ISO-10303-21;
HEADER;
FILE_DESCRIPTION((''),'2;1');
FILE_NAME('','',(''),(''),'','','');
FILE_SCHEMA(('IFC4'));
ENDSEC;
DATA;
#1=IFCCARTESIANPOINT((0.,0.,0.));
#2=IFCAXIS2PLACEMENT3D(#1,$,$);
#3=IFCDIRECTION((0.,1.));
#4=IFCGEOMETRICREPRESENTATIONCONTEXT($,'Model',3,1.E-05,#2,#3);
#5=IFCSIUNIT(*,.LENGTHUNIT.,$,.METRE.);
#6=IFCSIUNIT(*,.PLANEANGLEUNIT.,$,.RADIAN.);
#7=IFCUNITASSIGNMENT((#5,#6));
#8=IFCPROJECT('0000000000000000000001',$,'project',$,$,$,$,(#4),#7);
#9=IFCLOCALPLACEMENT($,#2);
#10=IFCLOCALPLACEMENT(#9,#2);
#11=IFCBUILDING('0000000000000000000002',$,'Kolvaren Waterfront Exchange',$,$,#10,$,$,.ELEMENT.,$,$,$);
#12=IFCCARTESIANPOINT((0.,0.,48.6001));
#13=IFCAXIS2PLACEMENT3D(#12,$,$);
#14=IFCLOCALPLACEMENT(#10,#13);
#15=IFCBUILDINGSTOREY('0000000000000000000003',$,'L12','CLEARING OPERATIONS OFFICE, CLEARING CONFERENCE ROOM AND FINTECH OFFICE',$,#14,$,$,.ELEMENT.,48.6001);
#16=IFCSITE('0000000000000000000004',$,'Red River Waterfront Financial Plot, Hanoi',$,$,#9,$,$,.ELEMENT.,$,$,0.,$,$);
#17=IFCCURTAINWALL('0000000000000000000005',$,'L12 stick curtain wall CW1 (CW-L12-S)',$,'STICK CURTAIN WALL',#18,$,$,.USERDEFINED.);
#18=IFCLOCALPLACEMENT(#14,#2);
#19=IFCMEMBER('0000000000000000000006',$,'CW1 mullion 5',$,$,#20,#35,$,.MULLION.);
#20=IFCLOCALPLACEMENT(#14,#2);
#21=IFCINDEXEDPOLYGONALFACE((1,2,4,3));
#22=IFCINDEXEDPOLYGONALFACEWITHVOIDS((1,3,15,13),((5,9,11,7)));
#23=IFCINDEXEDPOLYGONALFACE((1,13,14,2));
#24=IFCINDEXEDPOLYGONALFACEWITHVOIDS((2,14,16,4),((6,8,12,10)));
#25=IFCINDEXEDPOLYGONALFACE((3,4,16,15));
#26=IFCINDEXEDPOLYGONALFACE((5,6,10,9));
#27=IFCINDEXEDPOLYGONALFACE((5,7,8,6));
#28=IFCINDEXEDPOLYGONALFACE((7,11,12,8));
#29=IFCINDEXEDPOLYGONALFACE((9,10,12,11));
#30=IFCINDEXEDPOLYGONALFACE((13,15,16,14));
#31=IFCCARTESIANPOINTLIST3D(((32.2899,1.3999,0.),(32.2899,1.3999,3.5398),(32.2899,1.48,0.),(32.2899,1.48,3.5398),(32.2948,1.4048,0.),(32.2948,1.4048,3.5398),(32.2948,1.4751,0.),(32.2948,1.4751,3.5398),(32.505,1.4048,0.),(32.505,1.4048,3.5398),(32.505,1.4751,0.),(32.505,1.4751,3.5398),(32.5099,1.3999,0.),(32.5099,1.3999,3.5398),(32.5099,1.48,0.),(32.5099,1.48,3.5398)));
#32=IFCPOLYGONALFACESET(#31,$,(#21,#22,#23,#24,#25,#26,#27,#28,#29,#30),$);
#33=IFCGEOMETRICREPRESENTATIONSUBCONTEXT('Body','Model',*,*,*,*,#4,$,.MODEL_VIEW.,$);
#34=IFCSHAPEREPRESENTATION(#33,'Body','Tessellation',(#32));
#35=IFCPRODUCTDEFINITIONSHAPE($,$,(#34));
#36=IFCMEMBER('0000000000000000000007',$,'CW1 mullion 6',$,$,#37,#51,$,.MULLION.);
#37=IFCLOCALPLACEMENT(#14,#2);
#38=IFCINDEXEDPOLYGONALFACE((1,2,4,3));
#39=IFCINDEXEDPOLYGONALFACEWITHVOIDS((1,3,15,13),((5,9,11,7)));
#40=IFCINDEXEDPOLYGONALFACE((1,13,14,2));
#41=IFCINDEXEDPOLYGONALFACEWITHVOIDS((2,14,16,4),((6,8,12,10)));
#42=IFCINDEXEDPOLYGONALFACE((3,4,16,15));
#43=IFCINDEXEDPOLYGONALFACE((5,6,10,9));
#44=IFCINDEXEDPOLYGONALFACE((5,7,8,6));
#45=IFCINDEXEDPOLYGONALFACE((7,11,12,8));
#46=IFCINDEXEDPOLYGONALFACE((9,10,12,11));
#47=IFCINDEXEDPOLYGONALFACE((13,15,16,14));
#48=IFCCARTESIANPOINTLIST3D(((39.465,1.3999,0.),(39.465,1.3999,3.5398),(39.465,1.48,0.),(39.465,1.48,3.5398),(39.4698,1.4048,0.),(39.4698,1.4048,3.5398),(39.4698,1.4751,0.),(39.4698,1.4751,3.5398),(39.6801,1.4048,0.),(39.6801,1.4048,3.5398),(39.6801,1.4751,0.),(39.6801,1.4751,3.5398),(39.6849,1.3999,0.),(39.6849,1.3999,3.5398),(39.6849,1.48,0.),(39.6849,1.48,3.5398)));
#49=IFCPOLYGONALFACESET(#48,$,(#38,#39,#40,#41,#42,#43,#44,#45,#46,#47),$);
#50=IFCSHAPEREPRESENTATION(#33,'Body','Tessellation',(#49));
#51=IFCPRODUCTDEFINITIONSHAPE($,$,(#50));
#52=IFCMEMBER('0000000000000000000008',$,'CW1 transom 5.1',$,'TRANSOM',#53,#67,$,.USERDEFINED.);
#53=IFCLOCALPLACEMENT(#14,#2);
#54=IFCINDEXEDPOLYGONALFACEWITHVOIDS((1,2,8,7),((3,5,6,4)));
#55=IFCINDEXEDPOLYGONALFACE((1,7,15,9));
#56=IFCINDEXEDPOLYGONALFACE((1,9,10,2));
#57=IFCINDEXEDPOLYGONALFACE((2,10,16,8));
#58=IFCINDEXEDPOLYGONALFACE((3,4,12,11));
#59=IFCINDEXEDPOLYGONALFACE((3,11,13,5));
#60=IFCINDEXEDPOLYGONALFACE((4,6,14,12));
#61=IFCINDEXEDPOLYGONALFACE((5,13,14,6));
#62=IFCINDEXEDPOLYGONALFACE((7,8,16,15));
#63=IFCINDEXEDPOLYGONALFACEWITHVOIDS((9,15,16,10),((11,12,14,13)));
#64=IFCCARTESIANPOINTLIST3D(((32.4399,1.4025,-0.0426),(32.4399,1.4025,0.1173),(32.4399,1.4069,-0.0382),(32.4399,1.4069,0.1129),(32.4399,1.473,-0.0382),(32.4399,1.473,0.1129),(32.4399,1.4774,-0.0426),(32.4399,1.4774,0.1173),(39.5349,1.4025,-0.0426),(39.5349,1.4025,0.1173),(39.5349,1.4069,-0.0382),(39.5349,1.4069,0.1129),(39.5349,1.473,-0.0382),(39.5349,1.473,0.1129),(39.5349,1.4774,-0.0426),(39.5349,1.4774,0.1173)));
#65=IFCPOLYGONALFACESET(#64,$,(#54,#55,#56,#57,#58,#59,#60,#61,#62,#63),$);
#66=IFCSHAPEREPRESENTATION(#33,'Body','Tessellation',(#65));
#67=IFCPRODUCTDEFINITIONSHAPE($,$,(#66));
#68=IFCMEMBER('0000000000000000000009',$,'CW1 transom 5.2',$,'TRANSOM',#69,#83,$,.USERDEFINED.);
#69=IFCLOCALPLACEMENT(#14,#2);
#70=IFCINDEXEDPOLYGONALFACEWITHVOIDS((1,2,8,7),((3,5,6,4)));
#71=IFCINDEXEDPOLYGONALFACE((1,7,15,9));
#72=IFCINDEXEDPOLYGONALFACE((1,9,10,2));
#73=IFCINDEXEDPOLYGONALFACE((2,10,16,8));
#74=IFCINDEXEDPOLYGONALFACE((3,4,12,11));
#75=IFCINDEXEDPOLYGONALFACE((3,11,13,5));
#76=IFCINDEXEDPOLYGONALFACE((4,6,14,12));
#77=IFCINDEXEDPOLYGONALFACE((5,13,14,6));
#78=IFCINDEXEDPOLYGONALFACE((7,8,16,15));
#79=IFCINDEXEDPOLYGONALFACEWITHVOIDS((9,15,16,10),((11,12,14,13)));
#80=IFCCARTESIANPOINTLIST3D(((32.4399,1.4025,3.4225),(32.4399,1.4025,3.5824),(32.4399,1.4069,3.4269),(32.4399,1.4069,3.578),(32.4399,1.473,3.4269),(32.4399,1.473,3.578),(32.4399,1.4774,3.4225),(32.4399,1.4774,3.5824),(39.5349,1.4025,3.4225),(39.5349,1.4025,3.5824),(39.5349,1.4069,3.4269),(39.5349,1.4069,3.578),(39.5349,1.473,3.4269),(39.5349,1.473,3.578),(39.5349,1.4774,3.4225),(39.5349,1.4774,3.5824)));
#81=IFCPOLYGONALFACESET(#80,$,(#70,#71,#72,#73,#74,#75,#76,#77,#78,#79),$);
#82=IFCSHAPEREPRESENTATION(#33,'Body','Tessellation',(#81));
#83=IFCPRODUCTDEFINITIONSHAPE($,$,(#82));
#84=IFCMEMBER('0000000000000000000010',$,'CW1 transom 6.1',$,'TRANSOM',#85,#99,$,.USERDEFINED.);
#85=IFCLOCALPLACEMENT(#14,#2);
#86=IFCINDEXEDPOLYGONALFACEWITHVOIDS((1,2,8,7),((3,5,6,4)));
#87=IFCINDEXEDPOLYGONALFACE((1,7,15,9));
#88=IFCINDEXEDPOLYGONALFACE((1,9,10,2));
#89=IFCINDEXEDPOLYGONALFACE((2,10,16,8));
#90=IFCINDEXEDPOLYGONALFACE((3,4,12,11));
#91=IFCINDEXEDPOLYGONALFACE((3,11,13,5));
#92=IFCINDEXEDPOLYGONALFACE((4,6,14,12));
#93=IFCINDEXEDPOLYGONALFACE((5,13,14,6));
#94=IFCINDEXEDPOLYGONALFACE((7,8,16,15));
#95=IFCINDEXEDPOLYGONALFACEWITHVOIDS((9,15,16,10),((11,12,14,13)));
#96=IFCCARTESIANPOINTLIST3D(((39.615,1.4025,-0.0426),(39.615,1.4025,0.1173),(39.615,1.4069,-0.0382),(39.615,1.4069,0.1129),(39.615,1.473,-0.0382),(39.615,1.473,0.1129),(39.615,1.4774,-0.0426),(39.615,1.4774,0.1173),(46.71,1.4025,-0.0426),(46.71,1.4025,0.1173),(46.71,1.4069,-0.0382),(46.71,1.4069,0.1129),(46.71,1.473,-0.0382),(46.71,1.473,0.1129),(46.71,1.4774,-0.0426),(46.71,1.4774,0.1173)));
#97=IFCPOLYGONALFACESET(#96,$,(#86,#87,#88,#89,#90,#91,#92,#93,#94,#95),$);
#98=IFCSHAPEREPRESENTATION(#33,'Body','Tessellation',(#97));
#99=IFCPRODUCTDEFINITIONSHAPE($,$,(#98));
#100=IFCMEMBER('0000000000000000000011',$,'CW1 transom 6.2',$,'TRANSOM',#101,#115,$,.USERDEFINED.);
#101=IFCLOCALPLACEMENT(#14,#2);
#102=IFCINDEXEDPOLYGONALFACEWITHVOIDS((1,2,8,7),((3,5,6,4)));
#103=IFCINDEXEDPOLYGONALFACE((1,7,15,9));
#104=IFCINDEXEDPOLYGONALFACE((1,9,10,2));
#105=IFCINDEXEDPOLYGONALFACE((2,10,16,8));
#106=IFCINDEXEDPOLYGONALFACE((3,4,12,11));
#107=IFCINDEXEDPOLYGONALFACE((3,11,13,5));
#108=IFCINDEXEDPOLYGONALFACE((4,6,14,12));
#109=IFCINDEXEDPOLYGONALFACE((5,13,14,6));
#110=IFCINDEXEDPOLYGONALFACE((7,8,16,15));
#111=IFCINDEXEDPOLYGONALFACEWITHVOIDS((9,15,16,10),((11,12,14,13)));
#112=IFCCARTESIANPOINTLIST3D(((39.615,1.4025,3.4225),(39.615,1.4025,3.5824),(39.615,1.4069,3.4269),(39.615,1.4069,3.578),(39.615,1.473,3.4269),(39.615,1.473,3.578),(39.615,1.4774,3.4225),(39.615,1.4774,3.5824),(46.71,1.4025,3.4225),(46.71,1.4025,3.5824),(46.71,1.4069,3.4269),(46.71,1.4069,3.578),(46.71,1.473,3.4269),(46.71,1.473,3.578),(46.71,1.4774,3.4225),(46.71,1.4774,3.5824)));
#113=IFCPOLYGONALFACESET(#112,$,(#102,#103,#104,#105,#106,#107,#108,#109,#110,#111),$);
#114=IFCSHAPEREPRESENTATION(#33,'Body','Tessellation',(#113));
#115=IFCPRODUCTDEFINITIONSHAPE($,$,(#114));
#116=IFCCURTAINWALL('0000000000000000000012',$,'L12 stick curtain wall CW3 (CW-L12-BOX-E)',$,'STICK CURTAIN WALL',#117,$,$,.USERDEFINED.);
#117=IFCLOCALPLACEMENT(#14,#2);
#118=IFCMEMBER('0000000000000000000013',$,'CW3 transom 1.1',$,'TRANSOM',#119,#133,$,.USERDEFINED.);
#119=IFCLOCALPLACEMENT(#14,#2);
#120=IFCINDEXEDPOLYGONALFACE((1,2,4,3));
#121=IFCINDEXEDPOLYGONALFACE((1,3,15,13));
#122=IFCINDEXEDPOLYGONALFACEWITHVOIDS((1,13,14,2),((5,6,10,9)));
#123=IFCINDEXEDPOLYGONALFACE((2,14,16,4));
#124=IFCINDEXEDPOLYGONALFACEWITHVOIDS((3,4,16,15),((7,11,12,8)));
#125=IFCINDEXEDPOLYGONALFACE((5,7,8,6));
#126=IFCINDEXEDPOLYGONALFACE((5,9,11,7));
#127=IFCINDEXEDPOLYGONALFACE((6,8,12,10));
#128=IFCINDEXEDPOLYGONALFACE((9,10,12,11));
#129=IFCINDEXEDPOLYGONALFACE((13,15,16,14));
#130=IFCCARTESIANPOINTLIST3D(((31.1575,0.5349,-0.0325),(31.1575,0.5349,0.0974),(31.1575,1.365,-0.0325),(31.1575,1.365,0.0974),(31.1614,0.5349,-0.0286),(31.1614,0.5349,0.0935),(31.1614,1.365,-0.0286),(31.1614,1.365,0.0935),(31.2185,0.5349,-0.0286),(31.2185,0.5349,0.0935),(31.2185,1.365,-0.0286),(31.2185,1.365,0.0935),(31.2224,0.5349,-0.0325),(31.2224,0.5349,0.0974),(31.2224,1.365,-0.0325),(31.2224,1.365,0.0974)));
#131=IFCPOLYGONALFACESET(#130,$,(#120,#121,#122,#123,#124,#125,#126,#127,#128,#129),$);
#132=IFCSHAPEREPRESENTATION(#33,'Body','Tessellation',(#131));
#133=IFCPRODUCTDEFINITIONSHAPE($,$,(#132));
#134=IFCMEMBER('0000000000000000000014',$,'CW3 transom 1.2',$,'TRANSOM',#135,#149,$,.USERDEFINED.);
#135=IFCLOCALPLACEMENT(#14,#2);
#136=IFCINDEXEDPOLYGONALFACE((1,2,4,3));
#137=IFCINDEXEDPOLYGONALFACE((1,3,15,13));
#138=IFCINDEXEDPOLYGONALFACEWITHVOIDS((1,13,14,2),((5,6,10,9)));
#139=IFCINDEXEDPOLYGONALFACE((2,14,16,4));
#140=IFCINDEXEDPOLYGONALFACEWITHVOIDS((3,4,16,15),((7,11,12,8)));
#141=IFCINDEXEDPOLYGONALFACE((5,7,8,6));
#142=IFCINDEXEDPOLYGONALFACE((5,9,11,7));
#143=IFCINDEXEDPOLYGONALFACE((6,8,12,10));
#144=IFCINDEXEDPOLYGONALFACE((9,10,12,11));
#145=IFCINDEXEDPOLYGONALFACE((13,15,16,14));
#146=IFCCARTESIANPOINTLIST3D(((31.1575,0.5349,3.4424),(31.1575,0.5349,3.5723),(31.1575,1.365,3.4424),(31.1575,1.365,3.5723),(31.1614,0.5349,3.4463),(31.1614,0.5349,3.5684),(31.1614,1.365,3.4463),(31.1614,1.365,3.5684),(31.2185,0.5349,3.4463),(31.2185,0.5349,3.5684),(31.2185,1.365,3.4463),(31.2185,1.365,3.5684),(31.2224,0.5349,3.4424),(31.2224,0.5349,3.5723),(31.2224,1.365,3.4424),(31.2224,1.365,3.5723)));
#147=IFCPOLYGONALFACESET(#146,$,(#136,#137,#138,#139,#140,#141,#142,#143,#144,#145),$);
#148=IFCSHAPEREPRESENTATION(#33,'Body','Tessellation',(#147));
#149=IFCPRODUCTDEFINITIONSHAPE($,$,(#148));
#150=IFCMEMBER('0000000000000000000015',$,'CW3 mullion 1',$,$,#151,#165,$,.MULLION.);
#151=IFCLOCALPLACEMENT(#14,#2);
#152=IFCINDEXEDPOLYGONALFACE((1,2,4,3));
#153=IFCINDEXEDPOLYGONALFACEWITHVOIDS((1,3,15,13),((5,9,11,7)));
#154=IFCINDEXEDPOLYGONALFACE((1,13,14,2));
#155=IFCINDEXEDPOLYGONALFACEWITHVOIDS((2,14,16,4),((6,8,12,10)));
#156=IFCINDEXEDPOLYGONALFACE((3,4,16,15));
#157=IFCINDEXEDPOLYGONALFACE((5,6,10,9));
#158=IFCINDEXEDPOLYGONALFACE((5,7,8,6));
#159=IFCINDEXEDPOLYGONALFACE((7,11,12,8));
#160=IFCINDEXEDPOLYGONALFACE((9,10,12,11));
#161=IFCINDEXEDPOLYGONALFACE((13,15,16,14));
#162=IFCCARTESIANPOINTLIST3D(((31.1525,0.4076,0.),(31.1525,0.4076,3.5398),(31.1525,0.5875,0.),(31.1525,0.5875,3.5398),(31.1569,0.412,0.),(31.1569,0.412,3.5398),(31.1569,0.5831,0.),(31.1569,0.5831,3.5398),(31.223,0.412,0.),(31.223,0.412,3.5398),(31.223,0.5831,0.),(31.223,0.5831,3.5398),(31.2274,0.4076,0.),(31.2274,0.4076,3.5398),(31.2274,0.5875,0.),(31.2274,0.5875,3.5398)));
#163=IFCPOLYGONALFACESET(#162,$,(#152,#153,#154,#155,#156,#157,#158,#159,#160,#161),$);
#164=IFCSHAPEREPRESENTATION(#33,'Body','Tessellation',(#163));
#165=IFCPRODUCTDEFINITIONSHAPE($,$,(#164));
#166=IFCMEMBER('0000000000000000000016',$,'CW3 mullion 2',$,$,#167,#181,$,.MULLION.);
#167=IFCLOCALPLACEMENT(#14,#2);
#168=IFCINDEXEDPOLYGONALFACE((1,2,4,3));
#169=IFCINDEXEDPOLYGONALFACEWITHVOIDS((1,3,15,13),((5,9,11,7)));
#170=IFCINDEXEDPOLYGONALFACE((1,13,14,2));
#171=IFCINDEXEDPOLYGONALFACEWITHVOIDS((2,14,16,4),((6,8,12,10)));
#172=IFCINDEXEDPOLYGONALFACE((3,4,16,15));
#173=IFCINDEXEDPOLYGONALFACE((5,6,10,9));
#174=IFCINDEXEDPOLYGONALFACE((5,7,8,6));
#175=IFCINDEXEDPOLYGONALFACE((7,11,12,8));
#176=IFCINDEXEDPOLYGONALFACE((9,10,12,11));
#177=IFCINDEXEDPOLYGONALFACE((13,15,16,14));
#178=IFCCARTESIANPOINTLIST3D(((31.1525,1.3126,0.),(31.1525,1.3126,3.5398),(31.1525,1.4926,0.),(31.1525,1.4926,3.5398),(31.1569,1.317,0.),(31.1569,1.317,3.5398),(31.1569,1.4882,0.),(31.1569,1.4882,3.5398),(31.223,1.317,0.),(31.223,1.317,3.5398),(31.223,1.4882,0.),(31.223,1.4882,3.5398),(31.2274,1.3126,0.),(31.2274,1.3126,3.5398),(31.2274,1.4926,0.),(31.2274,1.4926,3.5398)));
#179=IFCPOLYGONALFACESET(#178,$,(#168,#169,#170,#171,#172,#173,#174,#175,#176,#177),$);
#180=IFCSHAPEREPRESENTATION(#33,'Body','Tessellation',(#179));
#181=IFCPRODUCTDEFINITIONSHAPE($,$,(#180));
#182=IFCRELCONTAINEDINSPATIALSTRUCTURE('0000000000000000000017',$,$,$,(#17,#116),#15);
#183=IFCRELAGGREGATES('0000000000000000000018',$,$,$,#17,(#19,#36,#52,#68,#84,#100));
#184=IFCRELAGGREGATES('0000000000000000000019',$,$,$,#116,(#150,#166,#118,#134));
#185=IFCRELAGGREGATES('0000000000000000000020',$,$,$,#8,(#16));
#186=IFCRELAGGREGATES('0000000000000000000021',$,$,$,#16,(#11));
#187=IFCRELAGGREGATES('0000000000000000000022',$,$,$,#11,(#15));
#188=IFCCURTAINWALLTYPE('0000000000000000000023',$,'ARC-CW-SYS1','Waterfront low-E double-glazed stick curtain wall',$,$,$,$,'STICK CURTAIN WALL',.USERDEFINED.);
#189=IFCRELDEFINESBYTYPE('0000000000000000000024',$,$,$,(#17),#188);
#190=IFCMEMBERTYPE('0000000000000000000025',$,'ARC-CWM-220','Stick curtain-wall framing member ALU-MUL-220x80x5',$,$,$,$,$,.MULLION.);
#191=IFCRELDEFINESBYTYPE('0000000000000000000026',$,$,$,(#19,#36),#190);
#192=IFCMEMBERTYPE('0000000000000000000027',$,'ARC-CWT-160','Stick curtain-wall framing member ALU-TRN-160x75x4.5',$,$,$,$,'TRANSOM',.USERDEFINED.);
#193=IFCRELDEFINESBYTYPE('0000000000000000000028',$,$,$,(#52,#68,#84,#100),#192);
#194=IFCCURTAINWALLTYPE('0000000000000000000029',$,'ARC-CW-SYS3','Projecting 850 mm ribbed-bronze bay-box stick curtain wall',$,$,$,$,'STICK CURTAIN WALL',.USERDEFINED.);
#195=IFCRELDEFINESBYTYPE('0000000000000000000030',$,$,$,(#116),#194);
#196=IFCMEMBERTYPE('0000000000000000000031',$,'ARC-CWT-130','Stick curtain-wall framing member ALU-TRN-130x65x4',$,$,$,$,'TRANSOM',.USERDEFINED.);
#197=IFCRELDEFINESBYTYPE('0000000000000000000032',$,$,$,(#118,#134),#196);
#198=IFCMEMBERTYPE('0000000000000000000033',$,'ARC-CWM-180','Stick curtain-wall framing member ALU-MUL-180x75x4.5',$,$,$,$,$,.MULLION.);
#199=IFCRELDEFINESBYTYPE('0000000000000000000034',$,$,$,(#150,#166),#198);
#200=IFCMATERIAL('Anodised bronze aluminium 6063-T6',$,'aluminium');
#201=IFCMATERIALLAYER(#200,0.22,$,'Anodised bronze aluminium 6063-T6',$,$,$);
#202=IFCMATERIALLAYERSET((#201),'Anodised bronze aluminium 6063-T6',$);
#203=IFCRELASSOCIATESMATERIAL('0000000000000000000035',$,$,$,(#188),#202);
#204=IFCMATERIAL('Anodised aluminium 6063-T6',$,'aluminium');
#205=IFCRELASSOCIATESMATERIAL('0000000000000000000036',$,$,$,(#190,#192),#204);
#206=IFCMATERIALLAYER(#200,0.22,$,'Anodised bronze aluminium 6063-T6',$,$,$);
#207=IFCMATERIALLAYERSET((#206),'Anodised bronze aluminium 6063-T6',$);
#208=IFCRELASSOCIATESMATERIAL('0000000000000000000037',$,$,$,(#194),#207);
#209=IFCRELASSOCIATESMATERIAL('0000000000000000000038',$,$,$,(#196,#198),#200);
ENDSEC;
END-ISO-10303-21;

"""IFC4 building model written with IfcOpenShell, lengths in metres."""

from ifc_helpers import new_model, si_unit, direction, frame, origin, origin_with_axes, origin_2d, place, context, subcontext, project, spatial, hollow_rectangle, extrude, source, transform, mapped, material, layer, layer_set, material_profile, profile_set, type_object, element, aggregate, save


model = new_model("IFC4")

# Units and contexts
model_context = context("Model", 3, precision=1e-05, world=origin(), true_north=direction((0.0, 1.0)))
body_context = subcontext(model_context, "Body", "Model", "MODEL_VIEW")
ifc_project = project(units=[si_unit("LENGTHUNIT", "METRE"), si_unit("PLANEANGLEUNIT", "RADIAN")], contexts=[model_context])

# Site, building, storey
site_placement = place(None, origin())
site = spatial("IfcSite", under=ifc_project, at=site_placement, Name="Red River Waterfront Financial Plot, Hanoi", CompositionType="ELEMENT", RefElevation=0.0)
building_placement = place(site_placement, origin())
building = spatial("IfcBuilding", under=site, at=building_placement, Name="Kolvaren Waterfront Exchange", CompositionType="ELEMENT")
storey_placement = place(building_placement, frame((0.0, 0.0, 48.6001)))
storey = spatial("IfcBuildingStorey", under=building, at=storey_placement, Name="L12", Description="CLEARING OPERATIONS OFFICE, CLEARING CONFERENCE ROOM AND FINTECH OFFICE", CompositionType="ELEMENT", Elevation=48.6001)

# Curtain walls, members
ifc_material_1 = material(Name="Anodised bronze aluminium 6063-T6", Category="aluminium")
ifc_layer_1 = layer(ifc_material_1, 0.22, Name="Anodised bronze aluminium 6063-T6")
ifc_layer_set_1 = layer_set([ifc_layer_1], Name="Anodised bronze aluminium 6063-T6")
curtain_wall_type_1 = type_object("IfcCurtainWallType", Name="ARC-CW-SYS1", Description="Waterfront low-E double-glazed stick curtain wall", ElementType="STICK CURTAIN WALL", PredefinedType="USERDEFINED", material=ifc_layer_set_1)
curtain_wall_1_placement = place(storey_placement, origin())
curtain_wall_1 = element("IfcCurtainWall", 1, at=curtain_wall_1_placement, inside=storey, type_object=curtain_wall_type_1, Name="L12 stick curtain wall CW1 (CW-L12-S)", ObjectType="STICK CURTAIN WALL", PredefinedType="USERDEFINED")
ifc_material_2 = material(Name="Anodised aluminium 6063-T6", Category="aluminium")
ifc_material_profile_1 = material_profile(ifc_material_2, hollow_rectangle(XDim=0.0801, YDim=0.22, WallThickness=0.0049, at=origin_2d()), Name="ALU-MUL-220x80x5")
ifc_profile_set_1 = profile_set([ifc_material_profile_1], Name="Anodised aluminium 6063-T6")
member_type_1 = type_object("IfcMemberType", Name="ARC-CWM-220", Description="Stick curtain-wall framing member ALU-MUL-220x80x5", PredefinedType="MULLION", material=ifc_profile_set_1)
shared_shape_1 = source(origin_with_axes(), body_context, "Body", "SweptSolid", [
    extrude(hollow_rectangle(XDim=0.0801, YDim=0.22, WallThickness=0.0049, at=origin_2d()), origin(), (0.0, 0.0, 1.0), 3.5398),
])
member_1_placement = place(storey_placement, frame((32.3999, 1.4399, 0.0), z_axis=(0.0, 0.0, 1.0), x_axis=(0.0, 1.0, 0.0)))
member_1 = element("IfcMember", 2, at=member_1_placement, type_object=member_type_1, Name="CW1 mullion 5", PredefinedType="MULLION", context=body_context, shape_type="MappedRepresentation", body=[
    mapped(shared_shape_1, transform((0.0, 0.0, 0.0), x_axis=(1.0, 0.0, 0.0), y_axis=(0.0, 1.0, 0.0), z_axis=(0.0, 0.0, 1.0), scale=1.0)),
])
member_2_placement = place(storey_placement, frame((39.575, 1.4399, 0.0), z_axis=(0.0, 0.0, 1.0), x_axis=(0.0, 1.0, 0.0)))
member_2 = element("IfcMember", 3, at=member_2_placement, type_object=member_type_1, Name="CW1 mullion 6", PredefinedType="MULLION", context=body_context, shape_type="MappedRepresentation", body=[
    mapped(shared_shape_1, transform((0.0, 0.0, 0.0), x_axis=(1.0, 0.0, 0.0), y_axis=(0.0, 1.0, 0.0), z_axis=(0.0, 0.0, 1.0), scale=1.0)),
])
ifc_material_profile_2 = material_profile(ifc_material_2, hollow_rectangle(XDim=0.075, YDim=0.1599, WallThickness=0.0044, at=origin_2d()), Name="ALU-TRN-160x75x4.5")
ifc_profile_set_2 = profile_set([ifc_material_profile_2], Name="Anodised aluminium 6063-T6")
member_type_2 = type_object("IfcMemberType", Name="ARC-CWT-160", Description="Stick curtain-wall framing member ALU-TRN-160x75x4.5", ElementType="TRANSOM", PredefinedType="USERDEFINED", material=ifc_profile_set_2)
shared_shape_2 = source(origin_with_axes(), body_context, "Body", "SweptSolid", [
    extrude(hollow_rectangle(XDim=0.075, YDim=0.1599, WallThickness=0.0044, at=origin_2d()), origin(), (0.0, 0.0, 1.0), 7.095),
])
member_3_placement = place(storey_placement, frame((32.4399, 1.4399, 0.0374), z_axis=(1.0, 0.0, 0.0), x_axis=(0.0, 1.0, 0.0)))
member_3 = element("IfcMember", 4, at=member_3_placement, type_object=member_type_2, Name="CW1 transom 5.1", ObjectType="TRANSOM", PredefinedType="USERDEFINED", context=body_context, shape_type="MappedRepresentation", body=[
    mapped(shared_shape_2, transform((0.0, 0.0, 0.0), x_axis=(1.0, 0.0, 0.0), y_axis=(0.0, 1.0, 0.0), z_axis=(0.0, 0.0, 1.0), scale=1.0)),
])
member_4_placement = place(storey_placement, frame((32.4399, 1.4399, 3.5024), z_axis=(1.0, 0.0, 0.0), x_axis=(0.0, 1.0, 0.0)))
member_4 = element("IfcMember", 5, at=member_4_placement, type_object=member_type_2, Name="CW1 transom 5.2", ObjectType="TRANSOM", PredefinedType="USERDEFINED", context=body_context, shape_type="MappedRepresentation", body=[
    mapped(shared_shape_2, transform((0.0, 0.0, 0.0), x_axis=(1.0, 0.0, 0.0), y_axis=(0.0, 1.0, 0.0), z_axis=(0.0, 0.0, 1.0), scale=1.0)),
])
member_5_placement = place(storey_placement, frame((39.615, 1.4399, 0.0374), z_axis=(1.0, 0.0, 0.0), x_axis=(0.0, 1.0, 0.0)))
member_5 = element("IfcMember", 6, at=member_5_placement, type_object=member_type_2, Name="CW1 transom 6.1", ObjectType="TRANSOM", PredefinedType="USERDEFINED", context=body_context, shape_type="MappedRepresentation", body=[
    mapped(shared_shape_2, transform((0.0, 0.0, 0.0), x_axis=(1.0, 0.0, 0.0), y_axis=(0.0, 1.0, 0.0), z_axis=(0.0, 0.0, 1.0), scale=1.0)),
])
member_6_placement = place(storey_placement, frame((39.615, 1.4399, 3.5024), z_axis=(1.0, 0.0, 0.0), x_axis=(0.0, 1.0, 0.0)))
member_6 = element("IfcMember", 7, at=member_6_placement, type_object=member_type_2, Name="CW1 transom 6.2", ObjectType="TRANSOM", PredefinedType="USERDEFINED", context=body_context, shape_type="MappedRepresentation", body=[
    mapped(shared_shape_2, transform((0.0, 0.0, 0.0), x_axis=(1.0, 0.0, 0.0), y_axis=(0.0, 1.0, 0.0), z_axis=(0.0, 0.0, 1.0), scale=1.0)),
])
ifc_layer_2 = layer(ifc_material_1, 0.22, Name="Anodised bronze aluminium 6063-T6")
ifc_layer_set_2 = layer_set([ifc_layer_2], Name="Anodised bronze aluminium 6063-T6")
curtain_wall_type_2 = type_object("IfcCurtainWallType", Name="ARC-CW-SYS3", Description="Projecting 850 mm ribbed-bronze bay-box stick curtain wall", ElementType="STICK CURTAIN WALL", PredefinedType="USERDEFINED", material=ifc_layer_set_2)
curtain_wall_2_placement = place(storey_placement, origin())
curtain_wall_2 = element("IfcCurtainWall", 8, at=curtain_wall_2_placement, inside=storey, type_object=curtain_wall_type_2, Name="L12 stick curtain wall CW3 (CW-L12-BOX-E)", ObjectType="STICK CURTAIN WALL", PredefinedType="USERDEFINED")
ifc_material_profile_3 = material_profile(ifc_material_1, hollow_rectangle(XDim=0.0649, YDim=0.1299, WallThickness=0.0039, at=origin_2d()), Name="ALU-TRN-130x65x4")
ifc_profile_set_3 = profile_set([ifc_material_profile_3], Name="Anodised bronze aluminium 6063-T6")
member_type_3 = type_object("IfcMemberType", Name="ARC-CWT-130", Description="Stick curtain-wall framing member ALU-TRN-130x65x4", ElementType="TRANSOM", PredefinedType="USERDEFINED", material=ifc_profile_set_3)
shared_shape_3 = source(origin_with_axes(), body_context, "Body", "SweptSolid", [
    extrude(hollow_rectangle(XDim=0.0649, YDim=0.1299, WallThickness=0.0039, at=origin_2d()), origin(), (0.0, 0.0, 1.0), 0.8301),
])
member_7_placement = place(storey_placement, frame((31.1899, 0.5349, 0.0325), z_axis=(0.0, 1.0, 0.0), x_axis=(-1.0, 0.0, 0.0)))
member_7 = element("IfcMember", 9, at=member_7_placement, type_object=member_type_3, Name="CW3 transom 1.1", ObjectType="TRANSOM", PredefinedType="USERDEFINED", context=body_context, shape_type="MappedRepresentation", body=[
    mapped(shared_shape_3, transform((0.0, 0.0, 0.0), x_axis=(1.0, 0.0, 0.0), y_axis=(0.0, 1.0, 0.0), z_axis=(0.0, 0.0, 1.0), scale=1.0)),
])
member_8_placement = place(storey_placement, frame((31.1899, 0.5349, 3.5073), z_axis=(0.0, 1.0, 0.0), x_axis=(-1.0, 0.0, 0.0)))
member_8 = element("IfcMember", 10, at=member_8_placement, type_object=member_type_3, Name="CW3 transom 1.2", ObjectType="TRANSOM", PredefinedType="USERDEFINED", context=body_context, shape_type="MappedRepresentation", body=[
    mapped(shared_shape_3, transform((0.0, 0.0, 0.0), x_axis=(1.0, 0.0, 0.0), y_axis=(0.0, 1.0, 0.0), z_axis=(0.0, 0.0, 1.0), scale=1.0)),
])
ifc_material_profile_4 = material_profile(ifc_material_1, hollow_rectangle(XDim=0.075, YDim=0.1799, WallThickness=0.0044, at=origin_2d()), Name="ALU-MUL-180x75x4.5")
ifc_profile_set_4 = profile_set([ifc_material_profile_4], Name="Anodised bronze aluminium 6063-T6")
member_type_4 = type_object("IfcMemberType", Name="ARC-CWM-180", Description="Stick curtain-wall framing member ALU-MUL-180x75x4.5", PredefinedType="MULLION", material=ifc_profile_set_4)
shared_shape_4 = source(origin_with_axes(), body_context, "Body", "SweptSolid", [
    extrude(hollow_rectangle(XDim=0.075, YDim=0.1799, WallThickness=0.0044, at=origin_2d()), origin(), (0.0, 0.0, 1.0), 3.5398),
])
member_9_placement = place(storey_placement, frame((31.1899, 0.4976, 0.0), z_axis=(0.0, 0.0, 1.0), x_axis=(-1.0, 0.0, 0.0)))
member_9 = element("IfcMember", 11, at=member_9_placement, type_object=member_type_4, Name="CW3 mullion 1", PredefinedType="MULLION", context=body_context, shape_type="MappedRepresentation", body=[
    mapped(shared_shape_4, transform((0.0, 0.0, 0.0), x_axis=(1.0, 0.0, 0.0), y_axis=(0.0, 1.0, 0.0), z_axis=(0.0, 0.0, 1.0), scale=1.0)),
])
member_10_placement = place(storey_placement, frame((31.1899, 1.4026, 0.0), z_axis=(0.0, 0.0, 1.0), x_axis=(-1.0, 0.0, 0.0)))
member_10 = element("IfcMember", 12, at=member_10_placement, type_object=member_type_4, Name="CW3 mullion 2", PredefinedType="MULLION", context=body_context, shape_type="MappedRepresentation", body=[
    mapped(shared_shape_4, transform((0.0, 0.0, 0.0), x_axis=(1.0, 0.0, 0.0), y_axis=(0.0, 1.0, 0.0), z_axis=(0.0, 0.0, 1.0), scale=1.0)),
])

aggregate(curtain_wall_1, [member_1, member_2, member_3, member_4, member_5, member_6])
aggregate(curtain_wall_2, [member_9, member_10, member_7, member_8])

save(model, "model.ifc")
